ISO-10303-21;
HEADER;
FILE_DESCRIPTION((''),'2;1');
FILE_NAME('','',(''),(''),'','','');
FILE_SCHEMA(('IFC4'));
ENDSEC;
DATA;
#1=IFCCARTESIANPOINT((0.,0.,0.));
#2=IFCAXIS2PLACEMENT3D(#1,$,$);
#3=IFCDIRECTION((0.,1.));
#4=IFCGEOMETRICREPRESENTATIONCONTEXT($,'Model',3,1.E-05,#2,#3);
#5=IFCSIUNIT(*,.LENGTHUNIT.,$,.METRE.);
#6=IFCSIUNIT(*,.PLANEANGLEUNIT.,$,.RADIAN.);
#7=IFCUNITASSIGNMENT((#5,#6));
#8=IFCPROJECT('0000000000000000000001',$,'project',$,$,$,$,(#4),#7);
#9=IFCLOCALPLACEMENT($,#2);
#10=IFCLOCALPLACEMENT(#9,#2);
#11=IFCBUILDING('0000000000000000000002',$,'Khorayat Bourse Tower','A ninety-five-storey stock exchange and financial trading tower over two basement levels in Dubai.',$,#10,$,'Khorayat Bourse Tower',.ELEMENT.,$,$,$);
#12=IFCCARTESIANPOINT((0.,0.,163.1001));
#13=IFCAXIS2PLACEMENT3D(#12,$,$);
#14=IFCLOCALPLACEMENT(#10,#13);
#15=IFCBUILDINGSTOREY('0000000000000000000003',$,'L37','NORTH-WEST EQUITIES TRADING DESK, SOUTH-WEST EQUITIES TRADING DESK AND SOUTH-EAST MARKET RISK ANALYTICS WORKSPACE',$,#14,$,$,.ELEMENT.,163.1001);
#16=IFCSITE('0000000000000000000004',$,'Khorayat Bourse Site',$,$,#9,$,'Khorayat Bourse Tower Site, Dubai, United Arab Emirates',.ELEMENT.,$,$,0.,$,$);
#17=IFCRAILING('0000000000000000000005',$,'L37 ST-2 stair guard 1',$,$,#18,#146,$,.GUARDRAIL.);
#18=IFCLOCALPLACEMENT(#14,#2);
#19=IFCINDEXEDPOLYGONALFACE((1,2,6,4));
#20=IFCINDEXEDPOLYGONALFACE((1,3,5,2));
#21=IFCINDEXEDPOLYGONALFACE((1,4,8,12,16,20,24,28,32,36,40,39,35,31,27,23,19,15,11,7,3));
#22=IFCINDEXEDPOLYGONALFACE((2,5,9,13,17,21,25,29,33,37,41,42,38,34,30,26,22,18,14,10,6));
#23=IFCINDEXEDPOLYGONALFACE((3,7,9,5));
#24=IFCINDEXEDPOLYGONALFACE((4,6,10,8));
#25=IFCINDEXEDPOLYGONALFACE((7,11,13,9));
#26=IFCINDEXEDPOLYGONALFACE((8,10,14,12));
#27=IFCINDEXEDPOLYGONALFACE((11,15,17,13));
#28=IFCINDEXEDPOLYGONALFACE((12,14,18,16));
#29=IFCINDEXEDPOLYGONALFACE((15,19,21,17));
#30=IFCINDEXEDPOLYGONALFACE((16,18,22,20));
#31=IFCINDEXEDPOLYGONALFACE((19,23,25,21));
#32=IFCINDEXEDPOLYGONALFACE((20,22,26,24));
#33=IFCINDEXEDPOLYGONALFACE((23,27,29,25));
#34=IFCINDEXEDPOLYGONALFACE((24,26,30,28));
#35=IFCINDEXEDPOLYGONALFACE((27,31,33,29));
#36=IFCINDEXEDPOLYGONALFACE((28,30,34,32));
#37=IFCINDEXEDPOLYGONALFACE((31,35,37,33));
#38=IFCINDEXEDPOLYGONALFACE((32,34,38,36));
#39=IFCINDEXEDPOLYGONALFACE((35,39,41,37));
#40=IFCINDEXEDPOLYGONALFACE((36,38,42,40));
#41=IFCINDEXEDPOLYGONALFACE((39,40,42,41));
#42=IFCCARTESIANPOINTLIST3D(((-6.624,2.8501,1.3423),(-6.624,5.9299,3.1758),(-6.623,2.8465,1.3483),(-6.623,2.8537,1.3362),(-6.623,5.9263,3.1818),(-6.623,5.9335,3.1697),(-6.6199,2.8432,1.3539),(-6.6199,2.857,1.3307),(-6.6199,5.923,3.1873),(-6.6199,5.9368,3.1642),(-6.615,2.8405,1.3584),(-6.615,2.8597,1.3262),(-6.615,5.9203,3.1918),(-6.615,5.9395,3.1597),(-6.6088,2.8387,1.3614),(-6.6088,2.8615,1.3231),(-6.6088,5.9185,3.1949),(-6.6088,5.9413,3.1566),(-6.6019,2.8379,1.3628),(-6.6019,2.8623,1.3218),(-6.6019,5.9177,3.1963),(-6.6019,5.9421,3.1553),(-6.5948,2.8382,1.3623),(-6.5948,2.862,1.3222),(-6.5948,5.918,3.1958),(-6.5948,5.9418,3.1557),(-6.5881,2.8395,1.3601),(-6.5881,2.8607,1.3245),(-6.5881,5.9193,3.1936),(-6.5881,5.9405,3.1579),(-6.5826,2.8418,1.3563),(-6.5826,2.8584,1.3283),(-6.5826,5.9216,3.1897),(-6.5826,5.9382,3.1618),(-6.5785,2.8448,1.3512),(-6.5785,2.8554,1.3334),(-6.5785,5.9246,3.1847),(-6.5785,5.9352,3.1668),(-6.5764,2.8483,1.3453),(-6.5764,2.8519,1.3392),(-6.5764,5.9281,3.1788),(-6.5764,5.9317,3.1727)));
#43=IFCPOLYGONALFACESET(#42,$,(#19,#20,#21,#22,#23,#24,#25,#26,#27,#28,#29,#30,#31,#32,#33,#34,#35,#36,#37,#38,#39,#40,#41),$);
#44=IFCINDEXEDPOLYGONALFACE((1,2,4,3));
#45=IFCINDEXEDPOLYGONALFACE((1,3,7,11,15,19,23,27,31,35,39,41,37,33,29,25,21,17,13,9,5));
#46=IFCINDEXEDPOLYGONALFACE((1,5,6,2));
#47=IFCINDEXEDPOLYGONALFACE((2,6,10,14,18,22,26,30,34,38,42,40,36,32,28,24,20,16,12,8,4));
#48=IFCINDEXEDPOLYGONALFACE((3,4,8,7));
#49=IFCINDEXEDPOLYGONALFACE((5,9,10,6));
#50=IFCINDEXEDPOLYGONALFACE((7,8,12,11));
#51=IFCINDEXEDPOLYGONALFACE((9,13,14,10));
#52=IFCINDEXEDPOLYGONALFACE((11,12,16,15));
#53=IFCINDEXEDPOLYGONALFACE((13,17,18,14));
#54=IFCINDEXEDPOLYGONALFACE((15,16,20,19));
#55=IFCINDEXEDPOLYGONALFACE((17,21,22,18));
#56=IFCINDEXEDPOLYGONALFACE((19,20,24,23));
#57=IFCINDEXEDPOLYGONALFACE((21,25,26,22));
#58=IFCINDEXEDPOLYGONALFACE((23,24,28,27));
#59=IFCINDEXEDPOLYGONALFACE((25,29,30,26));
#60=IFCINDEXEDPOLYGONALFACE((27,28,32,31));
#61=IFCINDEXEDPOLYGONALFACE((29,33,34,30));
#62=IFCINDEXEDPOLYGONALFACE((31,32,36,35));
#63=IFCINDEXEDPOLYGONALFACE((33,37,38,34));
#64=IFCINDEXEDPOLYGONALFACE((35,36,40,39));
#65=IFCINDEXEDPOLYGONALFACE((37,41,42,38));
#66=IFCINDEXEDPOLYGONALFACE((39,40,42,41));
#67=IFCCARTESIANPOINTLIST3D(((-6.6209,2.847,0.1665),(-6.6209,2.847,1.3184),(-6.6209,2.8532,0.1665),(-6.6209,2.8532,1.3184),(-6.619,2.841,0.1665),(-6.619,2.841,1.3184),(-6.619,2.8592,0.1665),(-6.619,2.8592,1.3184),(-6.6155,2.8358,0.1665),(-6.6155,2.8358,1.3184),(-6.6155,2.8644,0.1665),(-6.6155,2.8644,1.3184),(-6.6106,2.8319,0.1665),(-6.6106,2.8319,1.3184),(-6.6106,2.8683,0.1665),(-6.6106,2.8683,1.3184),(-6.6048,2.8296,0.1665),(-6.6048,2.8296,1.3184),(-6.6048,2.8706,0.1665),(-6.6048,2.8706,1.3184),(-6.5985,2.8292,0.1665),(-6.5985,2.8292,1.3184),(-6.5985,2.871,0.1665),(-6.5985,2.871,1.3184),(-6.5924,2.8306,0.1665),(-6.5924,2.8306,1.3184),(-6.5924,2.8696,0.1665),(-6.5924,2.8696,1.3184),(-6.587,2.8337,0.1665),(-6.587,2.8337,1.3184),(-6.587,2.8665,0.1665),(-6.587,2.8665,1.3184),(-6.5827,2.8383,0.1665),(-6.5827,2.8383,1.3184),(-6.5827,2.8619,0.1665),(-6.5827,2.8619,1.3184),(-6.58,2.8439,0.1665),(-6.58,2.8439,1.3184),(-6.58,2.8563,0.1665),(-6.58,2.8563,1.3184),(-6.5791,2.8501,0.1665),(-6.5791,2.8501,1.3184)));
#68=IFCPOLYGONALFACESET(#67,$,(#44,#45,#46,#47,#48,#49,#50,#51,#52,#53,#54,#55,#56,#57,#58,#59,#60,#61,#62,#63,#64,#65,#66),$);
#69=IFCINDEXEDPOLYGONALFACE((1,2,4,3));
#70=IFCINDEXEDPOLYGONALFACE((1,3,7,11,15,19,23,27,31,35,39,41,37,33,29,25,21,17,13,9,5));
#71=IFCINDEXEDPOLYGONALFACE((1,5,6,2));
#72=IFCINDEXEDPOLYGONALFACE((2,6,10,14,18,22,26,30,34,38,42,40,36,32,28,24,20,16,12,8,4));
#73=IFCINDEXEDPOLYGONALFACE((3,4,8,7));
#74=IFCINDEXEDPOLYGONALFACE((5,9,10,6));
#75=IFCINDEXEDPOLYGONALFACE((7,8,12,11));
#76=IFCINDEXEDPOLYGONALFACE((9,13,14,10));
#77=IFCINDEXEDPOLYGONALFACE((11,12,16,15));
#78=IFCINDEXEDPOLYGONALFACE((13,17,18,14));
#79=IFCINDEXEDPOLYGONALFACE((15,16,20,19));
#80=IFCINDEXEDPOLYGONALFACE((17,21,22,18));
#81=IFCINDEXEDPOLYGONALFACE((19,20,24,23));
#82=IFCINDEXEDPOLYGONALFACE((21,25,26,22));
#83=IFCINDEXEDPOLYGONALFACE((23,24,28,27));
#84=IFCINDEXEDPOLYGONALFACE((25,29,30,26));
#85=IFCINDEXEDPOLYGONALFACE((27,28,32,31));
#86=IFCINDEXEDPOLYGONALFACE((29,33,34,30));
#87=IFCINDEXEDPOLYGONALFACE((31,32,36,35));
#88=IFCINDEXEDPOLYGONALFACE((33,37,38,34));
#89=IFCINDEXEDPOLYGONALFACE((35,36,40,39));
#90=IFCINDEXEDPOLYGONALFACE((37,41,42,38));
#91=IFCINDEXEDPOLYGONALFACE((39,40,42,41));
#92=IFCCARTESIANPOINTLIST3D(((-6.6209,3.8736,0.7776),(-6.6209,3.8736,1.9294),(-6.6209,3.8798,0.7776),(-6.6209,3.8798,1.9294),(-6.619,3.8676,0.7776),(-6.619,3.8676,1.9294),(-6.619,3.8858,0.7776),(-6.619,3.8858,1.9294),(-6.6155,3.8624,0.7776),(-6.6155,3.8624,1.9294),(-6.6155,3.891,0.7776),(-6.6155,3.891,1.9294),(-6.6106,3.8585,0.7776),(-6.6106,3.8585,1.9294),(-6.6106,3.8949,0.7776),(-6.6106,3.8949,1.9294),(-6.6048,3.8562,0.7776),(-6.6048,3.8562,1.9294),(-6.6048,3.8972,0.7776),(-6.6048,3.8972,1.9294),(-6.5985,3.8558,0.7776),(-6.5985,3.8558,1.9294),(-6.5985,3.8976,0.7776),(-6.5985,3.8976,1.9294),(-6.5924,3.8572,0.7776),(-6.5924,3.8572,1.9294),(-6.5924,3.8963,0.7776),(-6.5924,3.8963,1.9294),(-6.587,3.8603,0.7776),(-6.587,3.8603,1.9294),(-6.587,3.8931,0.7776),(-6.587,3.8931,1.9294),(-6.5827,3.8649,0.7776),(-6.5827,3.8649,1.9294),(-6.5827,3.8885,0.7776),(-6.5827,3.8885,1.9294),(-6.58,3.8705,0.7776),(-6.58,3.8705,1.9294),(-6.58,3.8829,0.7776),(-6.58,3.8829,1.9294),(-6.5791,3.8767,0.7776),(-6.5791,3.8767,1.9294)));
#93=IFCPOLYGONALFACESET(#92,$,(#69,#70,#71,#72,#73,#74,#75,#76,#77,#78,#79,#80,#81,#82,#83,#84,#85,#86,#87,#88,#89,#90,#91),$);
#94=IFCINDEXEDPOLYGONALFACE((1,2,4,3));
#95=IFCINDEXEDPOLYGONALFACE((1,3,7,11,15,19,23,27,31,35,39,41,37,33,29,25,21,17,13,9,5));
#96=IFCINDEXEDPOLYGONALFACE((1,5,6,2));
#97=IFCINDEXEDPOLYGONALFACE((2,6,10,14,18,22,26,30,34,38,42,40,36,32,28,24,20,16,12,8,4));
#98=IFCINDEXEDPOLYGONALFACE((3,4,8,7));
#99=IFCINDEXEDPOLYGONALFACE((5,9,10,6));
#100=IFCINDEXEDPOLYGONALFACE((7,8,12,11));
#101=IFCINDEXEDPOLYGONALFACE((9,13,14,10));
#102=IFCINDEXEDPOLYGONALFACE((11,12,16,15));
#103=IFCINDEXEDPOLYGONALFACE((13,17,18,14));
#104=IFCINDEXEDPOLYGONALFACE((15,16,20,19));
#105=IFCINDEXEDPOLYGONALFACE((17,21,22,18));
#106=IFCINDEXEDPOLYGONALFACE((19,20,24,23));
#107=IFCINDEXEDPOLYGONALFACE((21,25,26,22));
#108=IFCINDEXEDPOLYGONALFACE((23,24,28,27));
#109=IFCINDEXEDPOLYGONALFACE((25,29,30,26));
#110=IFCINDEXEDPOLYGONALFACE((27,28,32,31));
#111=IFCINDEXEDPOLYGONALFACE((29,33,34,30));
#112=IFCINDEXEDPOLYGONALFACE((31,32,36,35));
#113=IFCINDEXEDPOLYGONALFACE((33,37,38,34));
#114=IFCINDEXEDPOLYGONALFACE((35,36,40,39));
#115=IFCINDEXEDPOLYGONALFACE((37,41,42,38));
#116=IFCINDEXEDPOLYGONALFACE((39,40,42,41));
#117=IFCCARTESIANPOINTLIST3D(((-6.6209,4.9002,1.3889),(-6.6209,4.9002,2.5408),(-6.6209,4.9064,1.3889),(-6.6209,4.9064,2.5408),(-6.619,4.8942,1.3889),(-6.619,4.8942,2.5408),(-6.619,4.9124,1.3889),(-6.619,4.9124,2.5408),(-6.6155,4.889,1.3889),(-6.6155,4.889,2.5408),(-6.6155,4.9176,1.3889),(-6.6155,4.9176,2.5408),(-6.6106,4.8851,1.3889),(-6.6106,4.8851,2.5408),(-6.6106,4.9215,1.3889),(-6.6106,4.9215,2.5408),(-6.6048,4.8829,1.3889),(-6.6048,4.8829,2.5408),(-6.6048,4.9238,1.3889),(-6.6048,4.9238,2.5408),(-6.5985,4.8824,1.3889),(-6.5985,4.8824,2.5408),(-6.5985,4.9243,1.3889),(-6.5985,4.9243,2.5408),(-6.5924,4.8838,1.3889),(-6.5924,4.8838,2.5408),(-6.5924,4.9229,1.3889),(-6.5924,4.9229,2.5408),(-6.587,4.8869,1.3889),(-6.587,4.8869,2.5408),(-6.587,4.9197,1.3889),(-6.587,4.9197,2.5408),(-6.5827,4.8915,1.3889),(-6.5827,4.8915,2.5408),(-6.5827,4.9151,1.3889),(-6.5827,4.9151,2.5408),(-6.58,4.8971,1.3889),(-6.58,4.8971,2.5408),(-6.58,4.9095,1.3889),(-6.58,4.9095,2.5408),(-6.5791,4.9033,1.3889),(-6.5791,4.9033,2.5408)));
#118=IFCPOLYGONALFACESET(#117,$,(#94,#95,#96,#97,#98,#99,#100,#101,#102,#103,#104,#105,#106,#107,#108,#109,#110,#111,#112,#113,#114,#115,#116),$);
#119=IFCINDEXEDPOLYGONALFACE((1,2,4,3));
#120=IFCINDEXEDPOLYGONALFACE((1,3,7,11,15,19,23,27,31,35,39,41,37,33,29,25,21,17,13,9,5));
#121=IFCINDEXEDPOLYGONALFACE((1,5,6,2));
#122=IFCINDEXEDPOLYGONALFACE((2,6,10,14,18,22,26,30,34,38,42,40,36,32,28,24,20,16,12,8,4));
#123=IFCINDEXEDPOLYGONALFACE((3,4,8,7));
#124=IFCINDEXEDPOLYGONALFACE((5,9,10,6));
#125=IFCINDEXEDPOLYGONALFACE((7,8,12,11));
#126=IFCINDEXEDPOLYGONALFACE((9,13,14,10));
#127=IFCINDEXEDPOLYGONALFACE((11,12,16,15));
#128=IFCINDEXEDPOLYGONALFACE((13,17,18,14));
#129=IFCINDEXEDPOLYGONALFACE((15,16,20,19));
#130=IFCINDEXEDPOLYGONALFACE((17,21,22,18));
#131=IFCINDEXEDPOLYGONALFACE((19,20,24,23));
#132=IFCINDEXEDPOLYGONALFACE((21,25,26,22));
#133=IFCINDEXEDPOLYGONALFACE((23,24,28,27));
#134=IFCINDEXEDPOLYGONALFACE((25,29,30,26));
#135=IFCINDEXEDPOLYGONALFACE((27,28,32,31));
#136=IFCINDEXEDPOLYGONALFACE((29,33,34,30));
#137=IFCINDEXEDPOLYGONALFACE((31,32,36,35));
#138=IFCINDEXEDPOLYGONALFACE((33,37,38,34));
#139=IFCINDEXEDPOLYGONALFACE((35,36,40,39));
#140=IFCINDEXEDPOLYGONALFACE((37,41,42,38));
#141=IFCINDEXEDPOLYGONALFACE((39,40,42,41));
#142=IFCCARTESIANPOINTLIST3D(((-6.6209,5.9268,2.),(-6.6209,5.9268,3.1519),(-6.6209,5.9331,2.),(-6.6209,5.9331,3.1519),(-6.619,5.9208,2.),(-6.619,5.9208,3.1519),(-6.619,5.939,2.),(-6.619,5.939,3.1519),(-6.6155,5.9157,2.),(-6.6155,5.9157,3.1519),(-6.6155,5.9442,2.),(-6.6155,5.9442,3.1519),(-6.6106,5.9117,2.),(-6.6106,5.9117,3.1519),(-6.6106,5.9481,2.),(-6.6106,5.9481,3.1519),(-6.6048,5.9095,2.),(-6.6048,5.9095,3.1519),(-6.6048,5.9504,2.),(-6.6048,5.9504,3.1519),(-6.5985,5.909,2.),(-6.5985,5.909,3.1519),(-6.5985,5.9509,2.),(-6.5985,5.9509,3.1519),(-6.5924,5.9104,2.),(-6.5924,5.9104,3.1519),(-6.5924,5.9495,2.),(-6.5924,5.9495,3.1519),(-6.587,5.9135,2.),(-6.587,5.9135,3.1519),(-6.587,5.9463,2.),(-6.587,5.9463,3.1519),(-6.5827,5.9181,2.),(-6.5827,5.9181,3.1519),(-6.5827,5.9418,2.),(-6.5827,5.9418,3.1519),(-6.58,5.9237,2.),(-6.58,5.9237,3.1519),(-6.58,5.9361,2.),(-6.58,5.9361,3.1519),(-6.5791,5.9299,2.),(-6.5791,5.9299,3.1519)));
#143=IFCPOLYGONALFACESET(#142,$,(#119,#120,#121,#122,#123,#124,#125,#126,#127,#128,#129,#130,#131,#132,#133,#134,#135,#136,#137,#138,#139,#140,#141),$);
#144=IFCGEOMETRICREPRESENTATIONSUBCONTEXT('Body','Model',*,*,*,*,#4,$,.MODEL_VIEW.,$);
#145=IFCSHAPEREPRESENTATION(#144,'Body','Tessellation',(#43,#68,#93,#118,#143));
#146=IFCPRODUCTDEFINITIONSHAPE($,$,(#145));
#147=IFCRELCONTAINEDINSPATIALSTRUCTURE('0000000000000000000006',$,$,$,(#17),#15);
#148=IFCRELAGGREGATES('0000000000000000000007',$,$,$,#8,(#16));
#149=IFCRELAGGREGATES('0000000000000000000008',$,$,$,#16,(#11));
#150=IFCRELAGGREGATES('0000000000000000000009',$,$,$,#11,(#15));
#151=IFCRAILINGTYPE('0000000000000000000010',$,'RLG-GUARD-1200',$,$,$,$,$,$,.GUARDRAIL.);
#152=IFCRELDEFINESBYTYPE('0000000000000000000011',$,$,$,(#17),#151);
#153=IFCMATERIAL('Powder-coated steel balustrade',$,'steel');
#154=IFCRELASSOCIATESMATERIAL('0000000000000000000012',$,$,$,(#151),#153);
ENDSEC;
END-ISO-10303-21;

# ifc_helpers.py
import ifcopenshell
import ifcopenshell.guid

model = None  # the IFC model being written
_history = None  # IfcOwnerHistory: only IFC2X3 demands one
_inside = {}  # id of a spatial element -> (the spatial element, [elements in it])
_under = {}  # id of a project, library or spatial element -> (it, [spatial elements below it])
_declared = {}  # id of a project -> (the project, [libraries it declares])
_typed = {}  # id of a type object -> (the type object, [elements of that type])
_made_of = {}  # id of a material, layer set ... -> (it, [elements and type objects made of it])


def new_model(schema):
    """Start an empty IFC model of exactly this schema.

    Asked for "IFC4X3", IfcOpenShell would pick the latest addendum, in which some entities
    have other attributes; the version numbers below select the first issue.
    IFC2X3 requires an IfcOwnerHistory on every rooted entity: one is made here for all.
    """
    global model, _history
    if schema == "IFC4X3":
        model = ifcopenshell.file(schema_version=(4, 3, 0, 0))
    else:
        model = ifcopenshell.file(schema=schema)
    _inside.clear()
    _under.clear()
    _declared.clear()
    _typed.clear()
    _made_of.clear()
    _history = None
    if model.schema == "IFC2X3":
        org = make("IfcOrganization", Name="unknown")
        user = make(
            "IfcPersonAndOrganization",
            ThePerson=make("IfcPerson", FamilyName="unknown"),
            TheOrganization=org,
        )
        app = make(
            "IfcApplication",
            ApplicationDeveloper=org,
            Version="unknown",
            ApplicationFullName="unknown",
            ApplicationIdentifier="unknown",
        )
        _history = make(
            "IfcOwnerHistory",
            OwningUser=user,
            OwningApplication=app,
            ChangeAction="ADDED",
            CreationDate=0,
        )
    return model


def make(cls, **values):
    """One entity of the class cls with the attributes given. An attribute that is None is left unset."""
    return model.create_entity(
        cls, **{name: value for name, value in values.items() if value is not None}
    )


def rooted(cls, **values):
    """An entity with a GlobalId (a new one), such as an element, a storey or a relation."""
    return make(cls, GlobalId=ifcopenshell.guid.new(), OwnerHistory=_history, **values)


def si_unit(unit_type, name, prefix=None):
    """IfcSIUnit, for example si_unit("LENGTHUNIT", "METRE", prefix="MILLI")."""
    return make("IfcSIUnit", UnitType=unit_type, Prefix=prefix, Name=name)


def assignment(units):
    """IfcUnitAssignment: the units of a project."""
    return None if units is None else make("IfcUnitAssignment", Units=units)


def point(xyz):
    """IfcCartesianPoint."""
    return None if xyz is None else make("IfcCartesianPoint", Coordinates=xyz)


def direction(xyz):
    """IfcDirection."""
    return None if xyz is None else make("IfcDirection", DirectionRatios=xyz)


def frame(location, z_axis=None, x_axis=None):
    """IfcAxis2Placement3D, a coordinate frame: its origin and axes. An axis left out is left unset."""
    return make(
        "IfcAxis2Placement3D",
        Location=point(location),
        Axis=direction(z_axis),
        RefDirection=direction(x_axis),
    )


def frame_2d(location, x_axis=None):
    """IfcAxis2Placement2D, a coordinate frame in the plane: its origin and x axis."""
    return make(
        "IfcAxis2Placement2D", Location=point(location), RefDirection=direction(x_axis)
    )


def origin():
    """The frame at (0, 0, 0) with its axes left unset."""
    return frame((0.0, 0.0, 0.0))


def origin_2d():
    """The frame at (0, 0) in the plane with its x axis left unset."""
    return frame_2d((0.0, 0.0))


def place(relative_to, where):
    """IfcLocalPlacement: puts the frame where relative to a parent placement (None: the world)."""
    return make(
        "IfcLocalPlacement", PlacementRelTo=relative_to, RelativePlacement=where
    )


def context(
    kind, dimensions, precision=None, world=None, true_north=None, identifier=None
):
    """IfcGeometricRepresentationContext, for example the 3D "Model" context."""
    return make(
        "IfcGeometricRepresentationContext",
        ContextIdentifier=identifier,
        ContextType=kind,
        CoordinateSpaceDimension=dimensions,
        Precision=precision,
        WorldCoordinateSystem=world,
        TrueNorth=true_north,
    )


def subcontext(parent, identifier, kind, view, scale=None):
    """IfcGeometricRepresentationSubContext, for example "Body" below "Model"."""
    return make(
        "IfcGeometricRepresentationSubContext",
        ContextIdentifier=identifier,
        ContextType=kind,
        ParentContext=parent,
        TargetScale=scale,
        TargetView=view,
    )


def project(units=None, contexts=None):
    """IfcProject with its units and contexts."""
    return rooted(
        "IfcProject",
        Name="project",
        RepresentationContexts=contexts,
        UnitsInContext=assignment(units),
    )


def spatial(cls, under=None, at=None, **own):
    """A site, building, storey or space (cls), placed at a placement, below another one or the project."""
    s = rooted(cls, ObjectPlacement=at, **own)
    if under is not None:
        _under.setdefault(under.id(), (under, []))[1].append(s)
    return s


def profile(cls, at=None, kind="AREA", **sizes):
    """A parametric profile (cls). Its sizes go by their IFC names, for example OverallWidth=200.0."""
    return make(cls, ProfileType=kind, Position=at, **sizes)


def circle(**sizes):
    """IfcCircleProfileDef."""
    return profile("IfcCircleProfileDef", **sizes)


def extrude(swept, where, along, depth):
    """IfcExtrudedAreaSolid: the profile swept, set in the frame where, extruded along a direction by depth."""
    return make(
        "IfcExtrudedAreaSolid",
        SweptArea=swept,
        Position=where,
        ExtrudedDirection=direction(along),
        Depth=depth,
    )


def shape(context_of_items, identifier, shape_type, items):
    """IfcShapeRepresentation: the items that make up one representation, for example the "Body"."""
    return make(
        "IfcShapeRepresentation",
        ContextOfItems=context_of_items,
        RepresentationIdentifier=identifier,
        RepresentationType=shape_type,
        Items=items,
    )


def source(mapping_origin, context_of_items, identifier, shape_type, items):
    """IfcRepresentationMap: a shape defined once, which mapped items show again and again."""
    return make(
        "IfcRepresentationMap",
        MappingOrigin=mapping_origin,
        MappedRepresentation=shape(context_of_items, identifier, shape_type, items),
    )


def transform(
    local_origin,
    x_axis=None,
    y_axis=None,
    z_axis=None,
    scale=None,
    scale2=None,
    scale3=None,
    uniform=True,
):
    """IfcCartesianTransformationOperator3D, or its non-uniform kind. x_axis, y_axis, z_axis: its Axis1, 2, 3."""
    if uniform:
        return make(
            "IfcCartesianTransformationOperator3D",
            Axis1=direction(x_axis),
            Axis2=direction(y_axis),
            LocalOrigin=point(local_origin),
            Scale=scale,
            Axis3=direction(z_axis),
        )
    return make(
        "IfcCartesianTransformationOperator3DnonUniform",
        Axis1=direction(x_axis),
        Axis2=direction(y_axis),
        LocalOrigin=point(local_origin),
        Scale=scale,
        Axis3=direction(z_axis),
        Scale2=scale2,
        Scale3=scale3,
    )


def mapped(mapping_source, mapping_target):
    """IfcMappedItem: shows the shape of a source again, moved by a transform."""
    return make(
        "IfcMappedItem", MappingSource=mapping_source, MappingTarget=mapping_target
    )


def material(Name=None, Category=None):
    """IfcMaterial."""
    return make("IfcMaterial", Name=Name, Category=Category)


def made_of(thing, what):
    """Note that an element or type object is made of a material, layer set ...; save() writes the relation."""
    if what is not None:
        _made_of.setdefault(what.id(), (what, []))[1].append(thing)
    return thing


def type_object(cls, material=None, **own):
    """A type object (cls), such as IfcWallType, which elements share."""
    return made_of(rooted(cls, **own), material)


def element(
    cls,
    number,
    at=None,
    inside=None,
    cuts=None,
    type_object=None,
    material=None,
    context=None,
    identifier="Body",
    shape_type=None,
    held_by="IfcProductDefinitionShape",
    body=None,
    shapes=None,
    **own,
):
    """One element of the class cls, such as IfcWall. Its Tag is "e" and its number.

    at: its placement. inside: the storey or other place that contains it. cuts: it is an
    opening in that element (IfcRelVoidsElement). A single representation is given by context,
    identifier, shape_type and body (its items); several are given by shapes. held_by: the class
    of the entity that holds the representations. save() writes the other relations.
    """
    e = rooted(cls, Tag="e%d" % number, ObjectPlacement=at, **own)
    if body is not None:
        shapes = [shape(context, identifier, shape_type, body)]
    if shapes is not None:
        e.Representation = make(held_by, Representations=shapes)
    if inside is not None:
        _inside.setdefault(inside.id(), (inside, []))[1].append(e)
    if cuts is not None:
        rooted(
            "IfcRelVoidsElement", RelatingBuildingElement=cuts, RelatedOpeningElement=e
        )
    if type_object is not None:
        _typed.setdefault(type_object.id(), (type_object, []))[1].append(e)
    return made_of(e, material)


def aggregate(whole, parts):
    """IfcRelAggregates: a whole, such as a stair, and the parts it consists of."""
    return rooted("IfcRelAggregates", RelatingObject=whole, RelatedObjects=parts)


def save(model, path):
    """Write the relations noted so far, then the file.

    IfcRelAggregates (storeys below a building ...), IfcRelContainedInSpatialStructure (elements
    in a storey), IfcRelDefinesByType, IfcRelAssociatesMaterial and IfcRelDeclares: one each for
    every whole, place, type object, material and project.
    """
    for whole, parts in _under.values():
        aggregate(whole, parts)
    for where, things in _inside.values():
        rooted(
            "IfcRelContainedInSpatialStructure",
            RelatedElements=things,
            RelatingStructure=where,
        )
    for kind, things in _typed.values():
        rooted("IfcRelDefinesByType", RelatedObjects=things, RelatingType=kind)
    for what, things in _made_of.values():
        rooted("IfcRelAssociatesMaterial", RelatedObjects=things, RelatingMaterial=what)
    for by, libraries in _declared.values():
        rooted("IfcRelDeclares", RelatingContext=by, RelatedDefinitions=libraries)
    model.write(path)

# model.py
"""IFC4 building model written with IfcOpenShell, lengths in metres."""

from ifc_helpers import new_model, si_unit, direction, frame, origin, origin_2d, place, context, subcontext, project, spatial, circle, extrude, source, transform, mapped, material, type_object, element, save


model = new_model("IFC4")

# Units and contexts
model_context = context("Model", 3, precision=1e-05, world=origin(), true_north=direction((0.0, 1.0)))
body_context = subcontext(model_context, "Body", "Model", "MODEL_VIEW")
ifc_project = project(units=[si_unit("LENGTHUNIT", "METRE"), si_unit("PLANEANGLEUNIT", "RADIAN")], contexts=[model_context])

# Site, building, storey
site_placement = place(None, origin())
site = spatial("IfcSite", under=ifc_project, at=site_placement, Name="Khorayat Bourse Site", LongName="Khorayat Bourse Tower Site, Dubai, United Arab Emirates", CompositionType="ELEMENT", RefElevation=0.0)
building_placement = place(site_placement, origin())
building = spatial("IfcBuilding", under=site, at=building_placement, Name="Khorayat Bourse Tower", Description="A ninety-five-storey stock exchange and financial trading tower over two basement levels in Dubai.", LongName="Khorayat Bourse Tower", CompositionType="ELEMENT")
storey_placement = place(building_placement, frame((0.0, 0.0, 163.1001)))
storey = spatial("IfcBuildingStorey", under=building, at=storey_placement, Name="L37", Description="NORTH-WEST EQUITIES TRADING DESK, SOUTH-WEST EQUITIES TRADING DESK AND SOUTH-EAST MARKET RISK ANALYTICS WORKSPACE", CompositionType="ELEMENT", Elevation=163.1001)

# Railing
ifc_material_1 = material(Name="Powder-coated steel balustrade", Category="steel")
railing_type_1 = type_object("IfcRailingType", Name="RLG-GUARD-1200", PredefinedType="GUARDRAIL", material=ifc_material_1)
shared_shape_1 = source(origin(), body_context, "Body", "SweptSolid", [
    extrude(circle(Radius=0.0239, at=origin_2d()), frame((0.0, 0.0, 1.1758), z_axis=(0.0, 0.859261, 0.511538), x_axis=(-1.0, 0.0, 0.0)), (0.0, 0.0, 1.0), 3.5842),
    extrude(circle(Radius=0.021, at=origin_2d()), origin(), (0.0, 0.0, 1.0), 1.1519),
    extrude(circle(Radius=0.021, at=origin_2d()), frame((0.0, 1.0266, 0.6111)), (0.0, 0.0, 1.0), 1.1519),
    extrude(circle(Radius=0.021, at=origin_2d()), frame((0.0, 2.0532, 1.2224)), (0.0, 0.0, 1.0), 1.1519),
    extrude(circle(Radius=0.021, at=origin_2d()), frame((0.0, 3.0798, 1.8335)), (0.0, 0.0, 1.0), 1.1519),
])
railing_1_placement = place(storey_placement, frame((-6.6001, 2.8501, 0.1665)))
element("IfcRailing", 1, at=railing_1_placement, inside=storey, type_object=railing_type_1, Name="L37 ST-2 stair guard 1", PredefinedType="GUARDRAIL", context=body_context, shape_type="MappedRepresentation", body=[
    mapped(shared_shape_1, transform((0.0, 0.0, 0.0), scale=1.0)),
])

save(model, "model.ifc")
